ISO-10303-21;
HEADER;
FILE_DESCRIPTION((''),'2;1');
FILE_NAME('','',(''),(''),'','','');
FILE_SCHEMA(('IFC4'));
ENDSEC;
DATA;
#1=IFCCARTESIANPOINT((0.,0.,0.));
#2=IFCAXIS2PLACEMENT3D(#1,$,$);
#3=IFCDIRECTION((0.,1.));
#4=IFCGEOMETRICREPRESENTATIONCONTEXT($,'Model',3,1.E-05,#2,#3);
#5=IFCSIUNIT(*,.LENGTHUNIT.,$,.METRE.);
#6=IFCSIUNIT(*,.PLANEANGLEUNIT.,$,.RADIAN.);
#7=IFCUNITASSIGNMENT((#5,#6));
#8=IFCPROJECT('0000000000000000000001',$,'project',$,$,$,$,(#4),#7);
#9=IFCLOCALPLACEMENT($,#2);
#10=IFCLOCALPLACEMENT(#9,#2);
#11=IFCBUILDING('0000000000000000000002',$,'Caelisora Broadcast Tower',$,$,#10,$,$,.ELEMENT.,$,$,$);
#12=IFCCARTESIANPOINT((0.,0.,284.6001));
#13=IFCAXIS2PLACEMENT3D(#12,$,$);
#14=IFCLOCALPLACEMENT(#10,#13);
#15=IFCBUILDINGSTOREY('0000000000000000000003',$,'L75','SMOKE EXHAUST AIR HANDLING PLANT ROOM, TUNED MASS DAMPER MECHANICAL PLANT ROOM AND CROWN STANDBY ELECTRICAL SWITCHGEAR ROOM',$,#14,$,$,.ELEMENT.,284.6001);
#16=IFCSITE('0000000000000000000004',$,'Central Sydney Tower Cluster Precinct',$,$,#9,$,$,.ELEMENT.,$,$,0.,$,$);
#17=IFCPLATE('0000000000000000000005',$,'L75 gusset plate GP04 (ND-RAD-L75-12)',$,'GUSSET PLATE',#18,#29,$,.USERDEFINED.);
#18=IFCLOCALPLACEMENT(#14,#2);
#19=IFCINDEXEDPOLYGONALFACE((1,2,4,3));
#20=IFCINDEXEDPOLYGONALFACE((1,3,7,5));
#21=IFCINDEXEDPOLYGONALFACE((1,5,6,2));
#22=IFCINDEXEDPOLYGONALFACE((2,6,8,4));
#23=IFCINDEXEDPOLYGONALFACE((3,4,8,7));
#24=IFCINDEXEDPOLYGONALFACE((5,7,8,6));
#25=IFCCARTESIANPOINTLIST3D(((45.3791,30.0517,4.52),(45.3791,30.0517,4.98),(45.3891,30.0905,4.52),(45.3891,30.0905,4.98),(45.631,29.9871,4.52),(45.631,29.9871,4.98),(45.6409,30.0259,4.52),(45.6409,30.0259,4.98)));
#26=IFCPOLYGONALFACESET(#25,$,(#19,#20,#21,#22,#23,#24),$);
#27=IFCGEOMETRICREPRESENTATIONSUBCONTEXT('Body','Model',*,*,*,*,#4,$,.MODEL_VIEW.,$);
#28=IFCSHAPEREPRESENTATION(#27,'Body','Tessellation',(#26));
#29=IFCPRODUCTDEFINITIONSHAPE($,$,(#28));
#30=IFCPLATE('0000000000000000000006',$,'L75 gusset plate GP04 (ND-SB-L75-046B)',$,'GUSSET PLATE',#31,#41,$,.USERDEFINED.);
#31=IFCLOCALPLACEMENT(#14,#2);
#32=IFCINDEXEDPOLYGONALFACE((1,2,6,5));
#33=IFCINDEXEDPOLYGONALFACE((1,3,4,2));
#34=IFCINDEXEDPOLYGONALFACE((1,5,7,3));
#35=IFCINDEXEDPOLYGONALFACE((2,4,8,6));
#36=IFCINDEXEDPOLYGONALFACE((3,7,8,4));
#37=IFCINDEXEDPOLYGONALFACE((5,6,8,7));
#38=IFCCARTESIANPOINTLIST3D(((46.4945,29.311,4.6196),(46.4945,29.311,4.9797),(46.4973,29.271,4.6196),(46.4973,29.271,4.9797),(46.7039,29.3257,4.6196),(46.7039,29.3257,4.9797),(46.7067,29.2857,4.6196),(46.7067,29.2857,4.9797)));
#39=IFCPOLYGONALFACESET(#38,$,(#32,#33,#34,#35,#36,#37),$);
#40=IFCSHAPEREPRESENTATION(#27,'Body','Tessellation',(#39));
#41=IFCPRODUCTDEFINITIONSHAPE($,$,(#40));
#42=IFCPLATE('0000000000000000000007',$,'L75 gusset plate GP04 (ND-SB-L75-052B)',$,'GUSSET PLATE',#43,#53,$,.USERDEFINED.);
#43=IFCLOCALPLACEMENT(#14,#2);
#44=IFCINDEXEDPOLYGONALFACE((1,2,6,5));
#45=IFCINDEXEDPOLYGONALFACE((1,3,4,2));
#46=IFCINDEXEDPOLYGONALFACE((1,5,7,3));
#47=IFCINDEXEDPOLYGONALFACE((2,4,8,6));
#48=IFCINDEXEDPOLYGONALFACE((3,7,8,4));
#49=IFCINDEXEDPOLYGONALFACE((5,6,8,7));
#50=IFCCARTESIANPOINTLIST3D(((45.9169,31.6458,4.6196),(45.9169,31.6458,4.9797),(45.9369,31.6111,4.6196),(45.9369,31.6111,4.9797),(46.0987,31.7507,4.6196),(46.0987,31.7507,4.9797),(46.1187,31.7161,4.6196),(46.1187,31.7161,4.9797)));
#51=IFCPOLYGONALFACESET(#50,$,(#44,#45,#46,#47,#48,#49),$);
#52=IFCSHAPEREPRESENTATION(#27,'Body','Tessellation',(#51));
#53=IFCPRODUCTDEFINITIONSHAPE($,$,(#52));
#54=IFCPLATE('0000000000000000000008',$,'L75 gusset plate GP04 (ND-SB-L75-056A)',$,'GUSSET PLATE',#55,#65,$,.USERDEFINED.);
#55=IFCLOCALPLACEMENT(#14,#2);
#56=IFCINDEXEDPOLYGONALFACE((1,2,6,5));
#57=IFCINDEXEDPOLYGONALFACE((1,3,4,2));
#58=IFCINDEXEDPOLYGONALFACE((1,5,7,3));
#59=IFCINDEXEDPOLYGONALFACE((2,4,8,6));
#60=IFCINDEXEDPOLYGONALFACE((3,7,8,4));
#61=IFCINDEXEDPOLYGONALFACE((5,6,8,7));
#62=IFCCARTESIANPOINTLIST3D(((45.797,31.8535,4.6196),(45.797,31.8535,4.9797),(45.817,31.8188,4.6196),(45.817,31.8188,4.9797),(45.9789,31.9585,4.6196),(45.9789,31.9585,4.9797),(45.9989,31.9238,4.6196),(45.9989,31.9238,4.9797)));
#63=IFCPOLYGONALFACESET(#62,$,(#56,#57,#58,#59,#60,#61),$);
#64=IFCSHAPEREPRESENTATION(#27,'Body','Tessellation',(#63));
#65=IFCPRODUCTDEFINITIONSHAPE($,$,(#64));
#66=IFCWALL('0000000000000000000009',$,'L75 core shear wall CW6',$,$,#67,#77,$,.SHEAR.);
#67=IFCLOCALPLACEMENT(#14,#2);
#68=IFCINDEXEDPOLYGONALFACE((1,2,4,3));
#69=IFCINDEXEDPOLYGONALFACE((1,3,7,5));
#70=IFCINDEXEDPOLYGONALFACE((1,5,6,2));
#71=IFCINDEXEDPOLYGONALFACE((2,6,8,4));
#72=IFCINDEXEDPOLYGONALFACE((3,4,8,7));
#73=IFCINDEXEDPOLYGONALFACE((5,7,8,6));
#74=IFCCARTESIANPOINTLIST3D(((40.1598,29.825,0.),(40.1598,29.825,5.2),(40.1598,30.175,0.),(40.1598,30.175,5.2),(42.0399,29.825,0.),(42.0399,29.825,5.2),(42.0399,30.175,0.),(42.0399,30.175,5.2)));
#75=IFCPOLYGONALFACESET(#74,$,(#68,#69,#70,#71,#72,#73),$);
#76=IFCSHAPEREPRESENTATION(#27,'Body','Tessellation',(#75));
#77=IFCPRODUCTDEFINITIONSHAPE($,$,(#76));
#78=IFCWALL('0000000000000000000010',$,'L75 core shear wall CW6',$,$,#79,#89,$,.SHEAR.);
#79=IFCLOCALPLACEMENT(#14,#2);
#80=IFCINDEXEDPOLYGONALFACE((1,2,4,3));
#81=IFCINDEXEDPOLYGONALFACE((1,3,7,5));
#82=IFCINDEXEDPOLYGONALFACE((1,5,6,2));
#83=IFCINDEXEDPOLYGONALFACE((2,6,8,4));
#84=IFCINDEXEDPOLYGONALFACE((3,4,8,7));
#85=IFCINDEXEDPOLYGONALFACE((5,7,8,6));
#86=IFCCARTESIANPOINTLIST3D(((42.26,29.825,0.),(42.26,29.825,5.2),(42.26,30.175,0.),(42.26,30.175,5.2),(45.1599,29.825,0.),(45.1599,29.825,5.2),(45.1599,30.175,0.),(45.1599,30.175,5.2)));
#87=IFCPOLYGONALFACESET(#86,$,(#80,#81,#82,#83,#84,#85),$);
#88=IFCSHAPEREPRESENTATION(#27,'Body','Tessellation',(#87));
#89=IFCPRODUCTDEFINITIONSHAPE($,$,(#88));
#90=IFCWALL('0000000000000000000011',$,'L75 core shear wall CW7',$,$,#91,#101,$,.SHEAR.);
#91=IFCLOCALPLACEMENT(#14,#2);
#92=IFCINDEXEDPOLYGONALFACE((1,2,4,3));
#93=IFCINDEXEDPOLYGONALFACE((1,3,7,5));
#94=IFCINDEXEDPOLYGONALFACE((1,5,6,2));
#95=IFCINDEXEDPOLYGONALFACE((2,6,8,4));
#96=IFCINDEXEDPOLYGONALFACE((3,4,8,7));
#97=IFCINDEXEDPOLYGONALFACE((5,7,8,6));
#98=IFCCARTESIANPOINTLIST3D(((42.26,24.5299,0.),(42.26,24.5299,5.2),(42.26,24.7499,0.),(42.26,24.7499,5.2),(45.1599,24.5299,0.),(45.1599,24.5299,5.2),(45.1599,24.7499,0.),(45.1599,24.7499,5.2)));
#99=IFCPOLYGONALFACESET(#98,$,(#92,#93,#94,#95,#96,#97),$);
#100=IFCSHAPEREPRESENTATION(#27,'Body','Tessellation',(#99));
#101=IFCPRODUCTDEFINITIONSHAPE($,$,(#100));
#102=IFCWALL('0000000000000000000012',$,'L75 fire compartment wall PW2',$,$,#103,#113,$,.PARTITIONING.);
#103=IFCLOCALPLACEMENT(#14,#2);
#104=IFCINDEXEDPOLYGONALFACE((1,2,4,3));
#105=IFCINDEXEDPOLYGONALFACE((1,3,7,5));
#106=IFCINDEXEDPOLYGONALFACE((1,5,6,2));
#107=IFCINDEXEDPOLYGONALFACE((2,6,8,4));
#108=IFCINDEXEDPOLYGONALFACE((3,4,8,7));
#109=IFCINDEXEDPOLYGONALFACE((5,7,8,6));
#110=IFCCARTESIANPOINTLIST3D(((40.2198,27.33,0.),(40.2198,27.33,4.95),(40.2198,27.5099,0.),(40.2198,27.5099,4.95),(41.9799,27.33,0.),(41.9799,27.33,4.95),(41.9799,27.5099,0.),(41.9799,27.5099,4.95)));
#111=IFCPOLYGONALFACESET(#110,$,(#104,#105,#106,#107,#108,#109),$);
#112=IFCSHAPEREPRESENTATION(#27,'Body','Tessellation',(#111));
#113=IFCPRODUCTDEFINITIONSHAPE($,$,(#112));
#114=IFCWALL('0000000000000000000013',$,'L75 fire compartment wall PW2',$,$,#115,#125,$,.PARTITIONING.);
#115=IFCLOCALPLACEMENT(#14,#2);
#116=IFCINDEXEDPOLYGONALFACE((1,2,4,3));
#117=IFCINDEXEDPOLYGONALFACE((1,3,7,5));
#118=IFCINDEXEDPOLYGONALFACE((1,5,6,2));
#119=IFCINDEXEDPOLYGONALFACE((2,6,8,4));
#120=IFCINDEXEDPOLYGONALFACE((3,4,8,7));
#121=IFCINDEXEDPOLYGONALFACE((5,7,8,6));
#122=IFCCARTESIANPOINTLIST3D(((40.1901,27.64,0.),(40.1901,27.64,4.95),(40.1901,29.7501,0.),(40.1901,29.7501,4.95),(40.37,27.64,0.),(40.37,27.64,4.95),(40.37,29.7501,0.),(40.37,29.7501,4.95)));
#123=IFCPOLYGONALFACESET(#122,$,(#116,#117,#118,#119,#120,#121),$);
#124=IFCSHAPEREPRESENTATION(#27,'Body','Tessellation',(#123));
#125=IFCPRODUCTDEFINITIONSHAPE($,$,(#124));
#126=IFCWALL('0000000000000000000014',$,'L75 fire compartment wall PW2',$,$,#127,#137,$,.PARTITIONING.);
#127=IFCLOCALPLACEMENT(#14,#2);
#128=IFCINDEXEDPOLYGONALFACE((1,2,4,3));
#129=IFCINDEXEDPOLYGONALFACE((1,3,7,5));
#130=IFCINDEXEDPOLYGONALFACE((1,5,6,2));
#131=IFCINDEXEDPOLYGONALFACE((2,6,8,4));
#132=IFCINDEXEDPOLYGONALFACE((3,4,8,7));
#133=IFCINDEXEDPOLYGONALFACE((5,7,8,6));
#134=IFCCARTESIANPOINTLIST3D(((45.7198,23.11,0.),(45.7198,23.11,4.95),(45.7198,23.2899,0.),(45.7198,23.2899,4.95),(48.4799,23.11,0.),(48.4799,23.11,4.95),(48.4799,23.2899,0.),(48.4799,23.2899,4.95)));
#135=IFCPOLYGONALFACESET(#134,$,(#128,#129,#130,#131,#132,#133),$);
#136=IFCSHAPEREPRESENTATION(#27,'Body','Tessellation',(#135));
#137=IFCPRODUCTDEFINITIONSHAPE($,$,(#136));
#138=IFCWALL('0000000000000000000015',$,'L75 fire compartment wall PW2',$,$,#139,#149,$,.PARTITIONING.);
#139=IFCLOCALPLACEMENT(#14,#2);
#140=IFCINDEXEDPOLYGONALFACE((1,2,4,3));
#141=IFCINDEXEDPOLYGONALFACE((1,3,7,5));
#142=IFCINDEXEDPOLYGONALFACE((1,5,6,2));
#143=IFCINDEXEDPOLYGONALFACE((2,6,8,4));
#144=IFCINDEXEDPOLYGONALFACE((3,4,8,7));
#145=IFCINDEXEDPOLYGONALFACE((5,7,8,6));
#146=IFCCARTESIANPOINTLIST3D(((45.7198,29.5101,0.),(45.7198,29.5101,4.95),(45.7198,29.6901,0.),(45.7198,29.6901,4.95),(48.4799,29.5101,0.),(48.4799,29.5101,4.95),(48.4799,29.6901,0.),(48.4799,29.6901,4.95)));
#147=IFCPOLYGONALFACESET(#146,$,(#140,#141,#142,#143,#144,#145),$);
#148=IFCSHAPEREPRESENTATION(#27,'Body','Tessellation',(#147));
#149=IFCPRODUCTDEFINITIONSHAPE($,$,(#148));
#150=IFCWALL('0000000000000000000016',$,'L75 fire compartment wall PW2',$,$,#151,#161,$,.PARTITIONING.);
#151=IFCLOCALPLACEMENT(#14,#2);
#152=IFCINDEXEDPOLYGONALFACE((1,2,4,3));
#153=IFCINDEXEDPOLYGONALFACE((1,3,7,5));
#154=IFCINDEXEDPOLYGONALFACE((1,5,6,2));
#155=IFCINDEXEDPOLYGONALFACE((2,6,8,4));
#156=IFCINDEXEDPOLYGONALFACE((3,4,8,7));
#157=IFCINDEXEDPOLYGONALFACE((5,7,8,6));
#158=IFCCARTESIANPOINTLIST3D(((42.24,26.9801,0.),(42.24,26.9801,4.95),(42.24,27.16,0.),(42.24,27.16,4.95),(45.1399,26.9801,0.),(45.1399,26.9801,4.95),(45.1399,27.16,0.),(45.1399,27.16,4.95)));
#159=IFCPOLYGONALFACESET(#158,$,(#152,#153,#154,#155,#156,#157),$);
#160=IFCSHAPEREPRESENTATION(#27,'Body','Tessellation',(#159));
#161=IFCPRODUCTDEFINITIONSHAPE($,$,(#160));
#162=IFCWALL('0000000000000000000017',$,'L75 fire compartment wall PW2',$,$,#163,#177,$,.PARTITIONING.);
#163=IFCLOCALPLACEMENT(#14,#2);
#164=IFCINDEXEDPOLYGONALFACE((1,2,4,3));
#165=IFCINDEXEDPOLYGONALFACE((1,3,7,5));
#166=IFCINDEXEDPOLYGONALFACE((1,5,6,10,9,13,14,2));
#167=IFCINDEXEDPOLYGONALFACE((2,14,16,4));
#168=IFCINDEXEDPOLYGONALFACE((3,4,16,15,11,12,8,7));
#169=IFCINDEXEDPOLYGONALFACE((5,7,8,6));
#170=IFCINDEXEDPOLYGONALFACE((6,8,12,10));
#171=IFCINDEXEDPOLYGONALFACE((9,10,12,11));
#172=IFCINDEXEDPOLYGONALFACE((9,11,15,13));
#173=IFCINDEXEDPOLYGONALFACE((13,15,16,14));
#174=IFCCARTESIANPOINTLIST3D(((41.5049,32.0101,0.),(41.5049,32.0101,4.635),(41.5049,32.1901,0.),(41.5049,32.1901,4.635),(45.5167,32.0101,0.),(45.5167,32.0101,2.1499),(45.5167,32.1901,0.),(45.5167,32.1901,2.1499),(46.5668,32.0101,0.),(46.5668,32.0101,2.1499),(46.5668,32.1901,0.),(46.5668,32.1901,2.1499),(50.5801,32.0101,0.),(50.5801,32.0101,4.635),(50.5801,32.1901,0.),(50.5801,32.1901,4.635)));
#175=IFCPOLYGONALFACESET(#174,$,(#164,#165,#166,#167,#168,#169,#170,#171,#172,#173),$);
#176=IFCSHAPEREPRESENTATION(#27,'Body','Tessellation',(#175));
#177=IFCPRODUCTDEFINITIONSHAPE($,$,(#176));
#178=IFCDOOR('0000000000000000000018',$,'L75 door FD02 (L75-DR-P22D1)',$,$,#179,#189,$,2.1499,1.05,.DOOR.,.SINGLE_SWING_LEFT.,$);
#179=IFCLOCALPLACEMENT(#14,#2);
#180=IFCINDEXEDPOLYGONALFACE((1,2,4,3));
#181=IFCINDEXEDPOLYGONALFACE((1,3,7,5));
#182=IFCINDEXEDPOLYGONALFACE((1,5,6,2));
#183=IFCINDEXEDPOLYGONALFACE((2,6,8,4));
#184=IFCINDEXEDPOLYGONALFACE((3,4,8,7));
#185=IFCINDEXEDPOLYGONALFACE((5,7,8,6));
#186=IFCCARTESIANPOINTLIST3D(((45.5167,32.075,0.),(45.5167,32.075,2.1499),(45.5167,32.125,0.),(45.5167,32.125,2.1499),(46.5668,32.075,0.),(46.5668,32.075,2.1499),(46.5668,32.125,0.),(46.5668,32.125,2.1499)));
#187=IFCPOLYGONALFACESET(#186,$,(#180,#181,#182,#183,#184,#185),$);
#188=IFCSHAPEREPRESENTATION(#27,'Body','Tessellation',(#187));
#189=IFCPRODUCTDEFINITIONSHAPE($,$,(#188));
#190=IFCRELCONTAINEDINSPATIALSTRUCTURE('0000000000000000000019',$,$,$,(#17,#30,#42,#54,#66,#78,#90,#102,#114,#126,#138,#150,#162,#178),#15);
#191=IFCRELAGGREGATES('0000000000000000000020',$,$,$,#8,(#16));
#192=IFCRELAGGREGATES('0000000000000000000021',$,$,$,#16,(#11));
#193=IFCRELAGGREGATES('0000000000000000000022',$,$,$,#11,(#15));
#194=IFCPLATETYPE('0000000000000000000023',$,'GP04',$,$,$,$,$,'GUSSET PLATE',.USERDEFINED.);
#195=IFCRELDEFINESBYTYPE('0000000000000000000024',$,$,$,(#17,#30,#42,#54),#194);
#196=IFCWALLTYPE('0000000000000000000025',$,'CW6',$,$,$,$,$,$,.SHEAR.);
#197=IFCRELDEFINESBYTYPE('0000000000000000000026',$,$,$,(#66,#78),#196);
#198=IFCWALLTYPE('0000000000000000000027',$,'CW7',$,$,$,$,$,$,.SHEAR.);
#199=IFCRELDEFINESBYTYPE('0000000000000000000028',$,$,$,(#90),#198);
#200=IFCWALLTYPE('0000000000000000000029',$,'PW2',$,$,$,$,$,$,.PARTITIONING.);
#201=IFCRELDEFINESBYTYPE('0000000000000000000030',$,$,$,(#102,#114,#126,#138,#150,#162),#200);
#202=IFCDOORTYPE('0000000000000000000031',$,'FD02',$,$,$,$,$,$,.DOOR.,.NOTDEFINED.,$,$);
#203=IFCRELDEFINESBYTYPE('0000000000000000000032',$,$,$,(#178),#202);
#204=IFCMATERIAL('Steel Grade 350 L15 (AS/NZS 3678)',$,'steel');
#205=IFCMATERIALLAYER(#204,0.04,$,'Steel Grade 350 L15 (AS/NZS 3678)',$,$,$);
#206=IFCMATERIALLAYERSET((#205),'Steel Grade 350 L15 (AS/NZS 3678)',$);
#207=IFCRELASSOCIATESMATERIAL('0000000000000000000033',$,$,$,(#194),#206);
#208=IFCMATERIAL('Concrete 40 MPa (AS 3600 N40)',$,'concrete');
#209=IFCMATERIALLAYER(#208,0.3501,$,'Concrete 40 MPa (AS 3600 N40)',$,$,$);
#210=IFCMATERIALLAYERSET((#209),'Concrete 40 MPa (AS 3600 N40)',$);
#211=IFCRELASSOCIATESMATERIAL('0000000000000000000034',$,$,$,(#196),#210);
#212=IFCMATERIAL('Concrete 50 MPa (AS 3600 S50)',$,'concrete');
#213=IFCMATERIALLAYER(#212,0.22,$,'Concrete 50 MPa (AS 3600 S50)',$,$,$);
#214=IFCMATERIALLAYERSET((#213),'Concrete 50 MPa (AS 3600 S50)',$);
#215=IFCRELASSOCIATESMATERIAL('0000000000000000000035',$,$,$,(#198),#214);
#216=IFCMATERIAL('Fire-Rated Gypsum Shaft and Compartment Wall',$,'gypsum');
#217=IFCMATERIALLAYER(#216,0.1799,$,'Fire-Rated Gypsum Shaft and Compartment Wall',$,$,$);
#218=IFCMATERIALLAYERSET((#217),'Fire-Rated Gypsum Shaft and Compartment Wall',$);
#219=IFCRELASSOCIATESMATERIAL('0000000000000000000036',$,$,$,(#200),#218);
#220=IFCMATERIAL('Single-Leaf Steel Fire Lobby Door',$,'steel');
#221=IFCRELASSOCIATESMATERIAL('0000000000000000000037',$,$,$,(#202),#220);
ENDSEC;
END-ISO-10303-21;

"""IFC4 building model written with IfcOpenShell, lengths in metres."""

from ifc_helpers import new_model, si_unit, direction, frame, frame_2d, origin, origin_2d, place, context, subcontext, project, spatial, rectangle, extrude, source, transform, mapped, material, layer, layer_set, type_object, type_shapes, element, fill, save


model = new_model("IFC4")

# Units and contexts
model_context = context("Model", 3, precision=1e-05, world=origin(), true_north=direction((0.0, 1.0)))
body_context = subcontext(model_context, "Body", "Model", "MODEL_VIEW")
ifc_project = project(units=[si_unit("LENGTHUNIT", "METRE"), si_unit("PLANEANGLEUNIT", "RADIAN")], contexts=[model_context])

# Site, building, storey
site_placement = place(None, origin())
site = spatial("IfcSite", under=ifc_project, at=site_placement, Name="Central Sydney Tower Cluster Precinct", CompositionType="ELEMENT", RefElevation=0.0)
building_placement = place(site_placement, origin())
building = spatial("IfcBuilding", under=site, at=building_placement, Name="Caelisora Broadcast Tower", CompositionType="ELEMENT")
storey_placement = place(building_placement, frame((0.0, 0.0, 284.6001)))
storey = spatial("IfcBuildingStorey", under=building, at=storey_placement, Name="L75", Description="SMOKE EXHAUST AIR HANDLING PLANT ROOM, TUNED MASS DAMPER MECHANICAL PLANT ROOM AND CROWN STANDBY ELECTRICAL SWITCHGEAR ROOM", CompositionType="ELEMENT", Elevation=284.6001)

# Plates
ifc_material_1 = material(Name="Steel Grade 350 L15 (AS/NZS 3678)", Category="steel")
ifc_layer_1 = layer(ifc_material_1, 0.04, Name="Steel Grade 350 L15 (AS/NZS 3678)")
ifc_layer_set_1 = layer_set([ifc_layer_1], Name="Steel Grade 350 L15 (AS/NZS 3678)")
plate_type = type_object("IfcPlateType", Name="GP04", ElementType="GUSSET PLATE", PredefinedType="USERDEFINED", material=ifc_layer_set_1)
shared_shape_1 = source(origin(), body_context, "Body", "SweptSolid", [
    extrude(rectangle(XDim=0.26, YDim=0.04, at=origin_2d()), origin(), (0.0, 0.0, 1.0), 0.46),
])
for number, where, z_axis, x_axis, name in (
    (1, (45.51, 30.0388, 4.52), (0.0, 0.0, 1.0), (-0.968627, 0.248521, 0.0), "L75 gusset plate GP04 (ND-RAD-L75-12)"),
):
    element("IfcPlate", number, at=place(storey_placement, frame(where, z_axis=z_axis, x_axis=x_axis)), inside=storey, type_object=plate_type, Name=name, ObjectType="GUSSET PLATE", PredefinedType="USERDEFINED", context=body_context, shape_type="MappedRepresentation", body=[
        mapped(shared_shape_1, transform((0.0, 0.0, 0.0), scale=1.0)),
    ])
shared_shape_2 = source(origin(), body_context, "Body", "SweptSolid", [
    extrude(rectangle(XDim=0.21, YDim=0.04, at=origin_2d()), origin(), (0.0, 0.0, 1.0), 0.3601),
])
type_shapes(plate_type, [shared_shape_1, shared_shape_2])
for number, where, z_axis, x_axis, name in (
    (2, (46.6006, 29.2983, 4.6196), (0.0, 0.0, 1.0), (-0.99754, -0.070105, 0.0), "L75 gusset plate GP04 (ND-SB-L75-046B)"),
    (3, (46.0178, 31.6809, 4.6196), (0.0, 0.0, 1.0), (-0.866025, -0.5, 0.0), "L75 gusset plate GP04 (ND-SB-L75-052B)"),
    (4, (45.8979, 31.8887, 4.6196), (0.0, 0.0, 1.0), (-0.866025, -0.5, 0.0), "L75 gusset plate GP04 (ND-SB-L75-056A)"),
):
    element("IfcPlate", number, at=place(storey_placement, frame(where, z_axis=z_axis, x_axis=x_axis)), inside=storey, type_object=plate_type, Name=name, ObjectType="GUSSET PLATE", PredefinedType="USERDEFINED", context=body_context, shape_type="MappedRepresentation", body=[
        mapped(shared_shape_2, transform((0.0, 0.0, 0.0), scale=1.0)),
    ])

# Walls
ifc_material_2 = material(Name="Concrete 40 MPa (AS 3600 N40)", Category="concrete")
ifc_layer_2 = layer(ifc_material_2, 0.3501, Name="Concrete 40 MPa (AS 3600 N40)")
ifc_layer_set_2 = layer_set([ifc_layer_2], Name="Concrete 40 MPa (AS 3600 N40)")
wall_type_1 = type_object("IfcWallType", Name="CW6", PredefinedType="SHEAR", material=ifc_layer_set_2)
wall_1_placement = place(storey_placement, frame((40.1599, 30.0, 0.0), z_axis=(0.0, 0.0, 1.0), x_axis=(1.0, 0.0, 0.0)))
element("IfcWall", 5, at=wall_1_placement, inside=storey, type_object=wall_type_1, Name="L75 core shear wall CW6", PredefinedType="SHEAR", context=body_context, shape_type="SweptSolid", body=[
    extrude(rectangle(XDim=1.8801, YDim=0.3501, at=frame_2d((0.9399, 0.0))), origin(), (0.0, 0.0, 1.0), 5.2),
])
wall_2_placement = place(storey_placement, frame((42.26, 30.0, 0.0), z_axis=(0.0, 0.0, 1.0), x_axis=(1.0, 0.0, 0.0)))
element("IfcWall", 6, at=wall_2_placement, inside=storey, type_object=wall_type_1, Name="L75 core shear wall CW6", PredefinedType="SHEAR", context=body_context, shape_type="SweptSolid", body=[
    extrude(rectangle(XDim=2.8999, YDim=0.3501, at=frame_2d((1.45, 0.0))), origin(), (0.0, 0.0, 1.0), 5.2),
])
ifc_material_3 = material(Name="Concrete 50 MPa (AS 3600 S50)", Category="concrete")
ifc_layer_3 = layer(ifc_material_3, 0.22, Name="Concrete 50 MPa (AS 3600 S50)")
ifc_layer_set_3 = layer_set([ifc_layer_3], Name="Concrete 50 MPa (AS 3600 S50)")
wall_type_2 = type_object("IfcWallType", Name="CW7", PredefinedType="SHEAR", material=ifc_layer_set_3)
wall_3_placement = place(storey_placement, frame((42.26, 24.6399, 0.0), z_axis=(0.0, 0.0, 1.0), x_axis=(1.0, 0.0, 0.0)))
element("IfcWall", 7, at=wall_3_placement, inside=storey, type_object=wall_type_2, Name="L75 core shear wall CW7", PredefinedType="SHEAR", context=body_context, shape_type="SweptSolid", body=[
    extrude(rectangle(XDim=2.8999, YDim=0.22, at=frame_2d((1.45, 0.0))), origin(), (0.0, 0.0, 1.0), 5.2),
])
ifc_material_4 = material(Name="Fire-Rated Gypsum Shaft and Compartment Wall", Category="gypsum")
ifc_layer_4 = layer(ifc_material_4, 0.1799, Name="Fire-Rated Gypsum Shaft and Compartment Wall")
ifc_layer_set_4 = layer_set([ifc_layer_4], Name="Fire-Rated Gypsum Shaft and Compartment Wall")
wall_type_3 = type_object("IfcWallType", Name="PW2", PredefinedType="PARTITIONING", material=ifc_layer_set_4)
wall_4_placement = place(storey_placement, frame((40.22, 27.4199, 0.0), z_axis=(0.0, 0.0, 1.0), x_axis=(1.0, 0.0, 0.0)))
element("IfcWall", 8, at=wall_4_placement, inside=storey, type_object=wall_type_3, Name="L75 fire compartment wall PW2", PredefinedType="PARTITIONING", context=body_context, shape_type="SweptSolid", body=[
    extrude(rectangle(XDim=1.76, YDim=0.1799, at=frame_2d((0.8799, 0.0))), origin(), (0.0, 0.0, 1.0), 4.95),
])
wall_5_placement = place(storey_placement, frame((40.28, 27.6399, 0.0), z_axis=(0.0, 0.0, 1.0), x_axis=(0.0, 1.0, 0.0)))
element("IfcWall", 9, at=wall_5_placement, inside=storey, type_object=wall_type_3, Name="L75 fire compartment wall PW2", PredefinedType="PARTITIONING", context=body_context, shape_type="SweptSolid", body=[
    extrude(rectangle(XDim=2.1101, YDim=0.1799, at=frame_2d((1.0552, 0.0))), origin(), (0.0, 0.0, 1.0), 4.95),
])
for number, where, z_axis, x_axis, name in (
    (10, (45.72, 23.2, 0.0), (0.0, 0.0, 1.0), (1.0, 0.0, 0.0), "L75 fire compartment wall PW2"),
    (11, (45.72, 29.6001, 0.0), (0.0, 0.0, 1.0), (1.0, 0.0, 0.0), "L75 fire compartment wall PW2"),
):
    element("IfcWall", number, at=place(storey_placement, frame(where, z_axis=z_axis, x_axis=x_axis)), inside=storey, type_object=wall_type_3, Name=name, PredefinedType="PARTITIONING", context=body_context, shape_type="SweptSolid", body=[
        extrude(rectangle(XDim=2.76, YDim=0.1799, at=frame_2d((1.3799, 0.0))), origin(), (0.0, 0.0, 1.0), 4.95),
    ])
wall_6_placement = place(storey_placement, frame((42.24, 27.0701, 0.0), z_axis=(0.0, 0.0, 1.0), x_axis=(1.0, 0.0, 0.0)))
element("IfcWall", 12, at=wall_6_placement, inside=storey, type_object=wall_type_3, Name="L75 fire compartment wall PW2", PredefinedType="PARTITIONING", context=body_context, shape_type="SweptSolid", body=[
    extrude(rectangle(XDim=2.8999, YDim=0.1799, at=frame_2d((1.45, 0.0))), origin(), (0.0, 0.0, 1.0), 4.95),
])

# Wall, opening, door
wall_7_placement = place(storey_placement, frame((41.5049, 32.1001, 0.0), z_axis=(0.0, 0.0, 1.0), x_axis=(1.0, 0.0, 0.0)))
wall_7 = element("IfcWall", 13, at=wall_7_placement, inside=storey, type_object=wall_type_3, Name="L75 fire compartment wall PW2", PredefinedType="PARTITIONING", context=body_context, shape_type="SweptSolid", body=[
    extrude(rectangle(XDim=9.0752, YDim=0.1799, at=frame_2d((4.5376, 0.0))), origin(), (0.0, 0.0, 1.0), 4.635),
])
opening_1_placement = place(wall_7_placement, frame((4.012, 0.0, 0.0)))
opening_1 = element("IfcOpeningElement", 14, at=opening_1_placement, cuts=wall_7, PredefinedType="OPENING", context=body_context, shape_type="SweptSolid", body=[
    extrude(rectangle(XDim=1.05, YDim=2.1499, at=frame_2d((0.5249, 1.075))), frame((0.0, 0.1021, 0.0), z_axis=(0.0, -1.0, 0.0), x_axis=(1.0, 0.0, 0.0)), (0.0, 0.0, 1.0), 0.2039),
])
ifc_material_5 = material(Name="Single-Leaf Steel Fire Lobby Door", Category="steel")
door_type = type_object("IfcDoorType", Name="FD02", OperationType="NOTDEFINED", PredefinedType="DOOR", material=ifc_material_5)
door_1_placement = place(opening_1_placement, origin())
door_1 = element("IfcDoor", 15, at=door_1_placement, inside=storey, type_object=door_type, Name="L75 door FD02 (L75-DR-P22D1)", OperationType="SINGLE_SWING_LEFT", OverallHeight=2.1499, OverallWidth=1.05, PredefinedType="DOOR", context=body_context, shape_type="SweptSolid", body=[
    extrude(rectangle(XDim=1.05, YDim=2.1499, at=frame_2d((0.5249, 1.075))), frame((0.0, 0.0249, 0.0), z_axis=(0.0, -1.0, 0.0), x_axis=(1.0, 0.0, 0.0)), (0.0, 0.0, 1.0), 0.05),
])
fill(opening_1, door_1)

save(model, "model.ifc")
